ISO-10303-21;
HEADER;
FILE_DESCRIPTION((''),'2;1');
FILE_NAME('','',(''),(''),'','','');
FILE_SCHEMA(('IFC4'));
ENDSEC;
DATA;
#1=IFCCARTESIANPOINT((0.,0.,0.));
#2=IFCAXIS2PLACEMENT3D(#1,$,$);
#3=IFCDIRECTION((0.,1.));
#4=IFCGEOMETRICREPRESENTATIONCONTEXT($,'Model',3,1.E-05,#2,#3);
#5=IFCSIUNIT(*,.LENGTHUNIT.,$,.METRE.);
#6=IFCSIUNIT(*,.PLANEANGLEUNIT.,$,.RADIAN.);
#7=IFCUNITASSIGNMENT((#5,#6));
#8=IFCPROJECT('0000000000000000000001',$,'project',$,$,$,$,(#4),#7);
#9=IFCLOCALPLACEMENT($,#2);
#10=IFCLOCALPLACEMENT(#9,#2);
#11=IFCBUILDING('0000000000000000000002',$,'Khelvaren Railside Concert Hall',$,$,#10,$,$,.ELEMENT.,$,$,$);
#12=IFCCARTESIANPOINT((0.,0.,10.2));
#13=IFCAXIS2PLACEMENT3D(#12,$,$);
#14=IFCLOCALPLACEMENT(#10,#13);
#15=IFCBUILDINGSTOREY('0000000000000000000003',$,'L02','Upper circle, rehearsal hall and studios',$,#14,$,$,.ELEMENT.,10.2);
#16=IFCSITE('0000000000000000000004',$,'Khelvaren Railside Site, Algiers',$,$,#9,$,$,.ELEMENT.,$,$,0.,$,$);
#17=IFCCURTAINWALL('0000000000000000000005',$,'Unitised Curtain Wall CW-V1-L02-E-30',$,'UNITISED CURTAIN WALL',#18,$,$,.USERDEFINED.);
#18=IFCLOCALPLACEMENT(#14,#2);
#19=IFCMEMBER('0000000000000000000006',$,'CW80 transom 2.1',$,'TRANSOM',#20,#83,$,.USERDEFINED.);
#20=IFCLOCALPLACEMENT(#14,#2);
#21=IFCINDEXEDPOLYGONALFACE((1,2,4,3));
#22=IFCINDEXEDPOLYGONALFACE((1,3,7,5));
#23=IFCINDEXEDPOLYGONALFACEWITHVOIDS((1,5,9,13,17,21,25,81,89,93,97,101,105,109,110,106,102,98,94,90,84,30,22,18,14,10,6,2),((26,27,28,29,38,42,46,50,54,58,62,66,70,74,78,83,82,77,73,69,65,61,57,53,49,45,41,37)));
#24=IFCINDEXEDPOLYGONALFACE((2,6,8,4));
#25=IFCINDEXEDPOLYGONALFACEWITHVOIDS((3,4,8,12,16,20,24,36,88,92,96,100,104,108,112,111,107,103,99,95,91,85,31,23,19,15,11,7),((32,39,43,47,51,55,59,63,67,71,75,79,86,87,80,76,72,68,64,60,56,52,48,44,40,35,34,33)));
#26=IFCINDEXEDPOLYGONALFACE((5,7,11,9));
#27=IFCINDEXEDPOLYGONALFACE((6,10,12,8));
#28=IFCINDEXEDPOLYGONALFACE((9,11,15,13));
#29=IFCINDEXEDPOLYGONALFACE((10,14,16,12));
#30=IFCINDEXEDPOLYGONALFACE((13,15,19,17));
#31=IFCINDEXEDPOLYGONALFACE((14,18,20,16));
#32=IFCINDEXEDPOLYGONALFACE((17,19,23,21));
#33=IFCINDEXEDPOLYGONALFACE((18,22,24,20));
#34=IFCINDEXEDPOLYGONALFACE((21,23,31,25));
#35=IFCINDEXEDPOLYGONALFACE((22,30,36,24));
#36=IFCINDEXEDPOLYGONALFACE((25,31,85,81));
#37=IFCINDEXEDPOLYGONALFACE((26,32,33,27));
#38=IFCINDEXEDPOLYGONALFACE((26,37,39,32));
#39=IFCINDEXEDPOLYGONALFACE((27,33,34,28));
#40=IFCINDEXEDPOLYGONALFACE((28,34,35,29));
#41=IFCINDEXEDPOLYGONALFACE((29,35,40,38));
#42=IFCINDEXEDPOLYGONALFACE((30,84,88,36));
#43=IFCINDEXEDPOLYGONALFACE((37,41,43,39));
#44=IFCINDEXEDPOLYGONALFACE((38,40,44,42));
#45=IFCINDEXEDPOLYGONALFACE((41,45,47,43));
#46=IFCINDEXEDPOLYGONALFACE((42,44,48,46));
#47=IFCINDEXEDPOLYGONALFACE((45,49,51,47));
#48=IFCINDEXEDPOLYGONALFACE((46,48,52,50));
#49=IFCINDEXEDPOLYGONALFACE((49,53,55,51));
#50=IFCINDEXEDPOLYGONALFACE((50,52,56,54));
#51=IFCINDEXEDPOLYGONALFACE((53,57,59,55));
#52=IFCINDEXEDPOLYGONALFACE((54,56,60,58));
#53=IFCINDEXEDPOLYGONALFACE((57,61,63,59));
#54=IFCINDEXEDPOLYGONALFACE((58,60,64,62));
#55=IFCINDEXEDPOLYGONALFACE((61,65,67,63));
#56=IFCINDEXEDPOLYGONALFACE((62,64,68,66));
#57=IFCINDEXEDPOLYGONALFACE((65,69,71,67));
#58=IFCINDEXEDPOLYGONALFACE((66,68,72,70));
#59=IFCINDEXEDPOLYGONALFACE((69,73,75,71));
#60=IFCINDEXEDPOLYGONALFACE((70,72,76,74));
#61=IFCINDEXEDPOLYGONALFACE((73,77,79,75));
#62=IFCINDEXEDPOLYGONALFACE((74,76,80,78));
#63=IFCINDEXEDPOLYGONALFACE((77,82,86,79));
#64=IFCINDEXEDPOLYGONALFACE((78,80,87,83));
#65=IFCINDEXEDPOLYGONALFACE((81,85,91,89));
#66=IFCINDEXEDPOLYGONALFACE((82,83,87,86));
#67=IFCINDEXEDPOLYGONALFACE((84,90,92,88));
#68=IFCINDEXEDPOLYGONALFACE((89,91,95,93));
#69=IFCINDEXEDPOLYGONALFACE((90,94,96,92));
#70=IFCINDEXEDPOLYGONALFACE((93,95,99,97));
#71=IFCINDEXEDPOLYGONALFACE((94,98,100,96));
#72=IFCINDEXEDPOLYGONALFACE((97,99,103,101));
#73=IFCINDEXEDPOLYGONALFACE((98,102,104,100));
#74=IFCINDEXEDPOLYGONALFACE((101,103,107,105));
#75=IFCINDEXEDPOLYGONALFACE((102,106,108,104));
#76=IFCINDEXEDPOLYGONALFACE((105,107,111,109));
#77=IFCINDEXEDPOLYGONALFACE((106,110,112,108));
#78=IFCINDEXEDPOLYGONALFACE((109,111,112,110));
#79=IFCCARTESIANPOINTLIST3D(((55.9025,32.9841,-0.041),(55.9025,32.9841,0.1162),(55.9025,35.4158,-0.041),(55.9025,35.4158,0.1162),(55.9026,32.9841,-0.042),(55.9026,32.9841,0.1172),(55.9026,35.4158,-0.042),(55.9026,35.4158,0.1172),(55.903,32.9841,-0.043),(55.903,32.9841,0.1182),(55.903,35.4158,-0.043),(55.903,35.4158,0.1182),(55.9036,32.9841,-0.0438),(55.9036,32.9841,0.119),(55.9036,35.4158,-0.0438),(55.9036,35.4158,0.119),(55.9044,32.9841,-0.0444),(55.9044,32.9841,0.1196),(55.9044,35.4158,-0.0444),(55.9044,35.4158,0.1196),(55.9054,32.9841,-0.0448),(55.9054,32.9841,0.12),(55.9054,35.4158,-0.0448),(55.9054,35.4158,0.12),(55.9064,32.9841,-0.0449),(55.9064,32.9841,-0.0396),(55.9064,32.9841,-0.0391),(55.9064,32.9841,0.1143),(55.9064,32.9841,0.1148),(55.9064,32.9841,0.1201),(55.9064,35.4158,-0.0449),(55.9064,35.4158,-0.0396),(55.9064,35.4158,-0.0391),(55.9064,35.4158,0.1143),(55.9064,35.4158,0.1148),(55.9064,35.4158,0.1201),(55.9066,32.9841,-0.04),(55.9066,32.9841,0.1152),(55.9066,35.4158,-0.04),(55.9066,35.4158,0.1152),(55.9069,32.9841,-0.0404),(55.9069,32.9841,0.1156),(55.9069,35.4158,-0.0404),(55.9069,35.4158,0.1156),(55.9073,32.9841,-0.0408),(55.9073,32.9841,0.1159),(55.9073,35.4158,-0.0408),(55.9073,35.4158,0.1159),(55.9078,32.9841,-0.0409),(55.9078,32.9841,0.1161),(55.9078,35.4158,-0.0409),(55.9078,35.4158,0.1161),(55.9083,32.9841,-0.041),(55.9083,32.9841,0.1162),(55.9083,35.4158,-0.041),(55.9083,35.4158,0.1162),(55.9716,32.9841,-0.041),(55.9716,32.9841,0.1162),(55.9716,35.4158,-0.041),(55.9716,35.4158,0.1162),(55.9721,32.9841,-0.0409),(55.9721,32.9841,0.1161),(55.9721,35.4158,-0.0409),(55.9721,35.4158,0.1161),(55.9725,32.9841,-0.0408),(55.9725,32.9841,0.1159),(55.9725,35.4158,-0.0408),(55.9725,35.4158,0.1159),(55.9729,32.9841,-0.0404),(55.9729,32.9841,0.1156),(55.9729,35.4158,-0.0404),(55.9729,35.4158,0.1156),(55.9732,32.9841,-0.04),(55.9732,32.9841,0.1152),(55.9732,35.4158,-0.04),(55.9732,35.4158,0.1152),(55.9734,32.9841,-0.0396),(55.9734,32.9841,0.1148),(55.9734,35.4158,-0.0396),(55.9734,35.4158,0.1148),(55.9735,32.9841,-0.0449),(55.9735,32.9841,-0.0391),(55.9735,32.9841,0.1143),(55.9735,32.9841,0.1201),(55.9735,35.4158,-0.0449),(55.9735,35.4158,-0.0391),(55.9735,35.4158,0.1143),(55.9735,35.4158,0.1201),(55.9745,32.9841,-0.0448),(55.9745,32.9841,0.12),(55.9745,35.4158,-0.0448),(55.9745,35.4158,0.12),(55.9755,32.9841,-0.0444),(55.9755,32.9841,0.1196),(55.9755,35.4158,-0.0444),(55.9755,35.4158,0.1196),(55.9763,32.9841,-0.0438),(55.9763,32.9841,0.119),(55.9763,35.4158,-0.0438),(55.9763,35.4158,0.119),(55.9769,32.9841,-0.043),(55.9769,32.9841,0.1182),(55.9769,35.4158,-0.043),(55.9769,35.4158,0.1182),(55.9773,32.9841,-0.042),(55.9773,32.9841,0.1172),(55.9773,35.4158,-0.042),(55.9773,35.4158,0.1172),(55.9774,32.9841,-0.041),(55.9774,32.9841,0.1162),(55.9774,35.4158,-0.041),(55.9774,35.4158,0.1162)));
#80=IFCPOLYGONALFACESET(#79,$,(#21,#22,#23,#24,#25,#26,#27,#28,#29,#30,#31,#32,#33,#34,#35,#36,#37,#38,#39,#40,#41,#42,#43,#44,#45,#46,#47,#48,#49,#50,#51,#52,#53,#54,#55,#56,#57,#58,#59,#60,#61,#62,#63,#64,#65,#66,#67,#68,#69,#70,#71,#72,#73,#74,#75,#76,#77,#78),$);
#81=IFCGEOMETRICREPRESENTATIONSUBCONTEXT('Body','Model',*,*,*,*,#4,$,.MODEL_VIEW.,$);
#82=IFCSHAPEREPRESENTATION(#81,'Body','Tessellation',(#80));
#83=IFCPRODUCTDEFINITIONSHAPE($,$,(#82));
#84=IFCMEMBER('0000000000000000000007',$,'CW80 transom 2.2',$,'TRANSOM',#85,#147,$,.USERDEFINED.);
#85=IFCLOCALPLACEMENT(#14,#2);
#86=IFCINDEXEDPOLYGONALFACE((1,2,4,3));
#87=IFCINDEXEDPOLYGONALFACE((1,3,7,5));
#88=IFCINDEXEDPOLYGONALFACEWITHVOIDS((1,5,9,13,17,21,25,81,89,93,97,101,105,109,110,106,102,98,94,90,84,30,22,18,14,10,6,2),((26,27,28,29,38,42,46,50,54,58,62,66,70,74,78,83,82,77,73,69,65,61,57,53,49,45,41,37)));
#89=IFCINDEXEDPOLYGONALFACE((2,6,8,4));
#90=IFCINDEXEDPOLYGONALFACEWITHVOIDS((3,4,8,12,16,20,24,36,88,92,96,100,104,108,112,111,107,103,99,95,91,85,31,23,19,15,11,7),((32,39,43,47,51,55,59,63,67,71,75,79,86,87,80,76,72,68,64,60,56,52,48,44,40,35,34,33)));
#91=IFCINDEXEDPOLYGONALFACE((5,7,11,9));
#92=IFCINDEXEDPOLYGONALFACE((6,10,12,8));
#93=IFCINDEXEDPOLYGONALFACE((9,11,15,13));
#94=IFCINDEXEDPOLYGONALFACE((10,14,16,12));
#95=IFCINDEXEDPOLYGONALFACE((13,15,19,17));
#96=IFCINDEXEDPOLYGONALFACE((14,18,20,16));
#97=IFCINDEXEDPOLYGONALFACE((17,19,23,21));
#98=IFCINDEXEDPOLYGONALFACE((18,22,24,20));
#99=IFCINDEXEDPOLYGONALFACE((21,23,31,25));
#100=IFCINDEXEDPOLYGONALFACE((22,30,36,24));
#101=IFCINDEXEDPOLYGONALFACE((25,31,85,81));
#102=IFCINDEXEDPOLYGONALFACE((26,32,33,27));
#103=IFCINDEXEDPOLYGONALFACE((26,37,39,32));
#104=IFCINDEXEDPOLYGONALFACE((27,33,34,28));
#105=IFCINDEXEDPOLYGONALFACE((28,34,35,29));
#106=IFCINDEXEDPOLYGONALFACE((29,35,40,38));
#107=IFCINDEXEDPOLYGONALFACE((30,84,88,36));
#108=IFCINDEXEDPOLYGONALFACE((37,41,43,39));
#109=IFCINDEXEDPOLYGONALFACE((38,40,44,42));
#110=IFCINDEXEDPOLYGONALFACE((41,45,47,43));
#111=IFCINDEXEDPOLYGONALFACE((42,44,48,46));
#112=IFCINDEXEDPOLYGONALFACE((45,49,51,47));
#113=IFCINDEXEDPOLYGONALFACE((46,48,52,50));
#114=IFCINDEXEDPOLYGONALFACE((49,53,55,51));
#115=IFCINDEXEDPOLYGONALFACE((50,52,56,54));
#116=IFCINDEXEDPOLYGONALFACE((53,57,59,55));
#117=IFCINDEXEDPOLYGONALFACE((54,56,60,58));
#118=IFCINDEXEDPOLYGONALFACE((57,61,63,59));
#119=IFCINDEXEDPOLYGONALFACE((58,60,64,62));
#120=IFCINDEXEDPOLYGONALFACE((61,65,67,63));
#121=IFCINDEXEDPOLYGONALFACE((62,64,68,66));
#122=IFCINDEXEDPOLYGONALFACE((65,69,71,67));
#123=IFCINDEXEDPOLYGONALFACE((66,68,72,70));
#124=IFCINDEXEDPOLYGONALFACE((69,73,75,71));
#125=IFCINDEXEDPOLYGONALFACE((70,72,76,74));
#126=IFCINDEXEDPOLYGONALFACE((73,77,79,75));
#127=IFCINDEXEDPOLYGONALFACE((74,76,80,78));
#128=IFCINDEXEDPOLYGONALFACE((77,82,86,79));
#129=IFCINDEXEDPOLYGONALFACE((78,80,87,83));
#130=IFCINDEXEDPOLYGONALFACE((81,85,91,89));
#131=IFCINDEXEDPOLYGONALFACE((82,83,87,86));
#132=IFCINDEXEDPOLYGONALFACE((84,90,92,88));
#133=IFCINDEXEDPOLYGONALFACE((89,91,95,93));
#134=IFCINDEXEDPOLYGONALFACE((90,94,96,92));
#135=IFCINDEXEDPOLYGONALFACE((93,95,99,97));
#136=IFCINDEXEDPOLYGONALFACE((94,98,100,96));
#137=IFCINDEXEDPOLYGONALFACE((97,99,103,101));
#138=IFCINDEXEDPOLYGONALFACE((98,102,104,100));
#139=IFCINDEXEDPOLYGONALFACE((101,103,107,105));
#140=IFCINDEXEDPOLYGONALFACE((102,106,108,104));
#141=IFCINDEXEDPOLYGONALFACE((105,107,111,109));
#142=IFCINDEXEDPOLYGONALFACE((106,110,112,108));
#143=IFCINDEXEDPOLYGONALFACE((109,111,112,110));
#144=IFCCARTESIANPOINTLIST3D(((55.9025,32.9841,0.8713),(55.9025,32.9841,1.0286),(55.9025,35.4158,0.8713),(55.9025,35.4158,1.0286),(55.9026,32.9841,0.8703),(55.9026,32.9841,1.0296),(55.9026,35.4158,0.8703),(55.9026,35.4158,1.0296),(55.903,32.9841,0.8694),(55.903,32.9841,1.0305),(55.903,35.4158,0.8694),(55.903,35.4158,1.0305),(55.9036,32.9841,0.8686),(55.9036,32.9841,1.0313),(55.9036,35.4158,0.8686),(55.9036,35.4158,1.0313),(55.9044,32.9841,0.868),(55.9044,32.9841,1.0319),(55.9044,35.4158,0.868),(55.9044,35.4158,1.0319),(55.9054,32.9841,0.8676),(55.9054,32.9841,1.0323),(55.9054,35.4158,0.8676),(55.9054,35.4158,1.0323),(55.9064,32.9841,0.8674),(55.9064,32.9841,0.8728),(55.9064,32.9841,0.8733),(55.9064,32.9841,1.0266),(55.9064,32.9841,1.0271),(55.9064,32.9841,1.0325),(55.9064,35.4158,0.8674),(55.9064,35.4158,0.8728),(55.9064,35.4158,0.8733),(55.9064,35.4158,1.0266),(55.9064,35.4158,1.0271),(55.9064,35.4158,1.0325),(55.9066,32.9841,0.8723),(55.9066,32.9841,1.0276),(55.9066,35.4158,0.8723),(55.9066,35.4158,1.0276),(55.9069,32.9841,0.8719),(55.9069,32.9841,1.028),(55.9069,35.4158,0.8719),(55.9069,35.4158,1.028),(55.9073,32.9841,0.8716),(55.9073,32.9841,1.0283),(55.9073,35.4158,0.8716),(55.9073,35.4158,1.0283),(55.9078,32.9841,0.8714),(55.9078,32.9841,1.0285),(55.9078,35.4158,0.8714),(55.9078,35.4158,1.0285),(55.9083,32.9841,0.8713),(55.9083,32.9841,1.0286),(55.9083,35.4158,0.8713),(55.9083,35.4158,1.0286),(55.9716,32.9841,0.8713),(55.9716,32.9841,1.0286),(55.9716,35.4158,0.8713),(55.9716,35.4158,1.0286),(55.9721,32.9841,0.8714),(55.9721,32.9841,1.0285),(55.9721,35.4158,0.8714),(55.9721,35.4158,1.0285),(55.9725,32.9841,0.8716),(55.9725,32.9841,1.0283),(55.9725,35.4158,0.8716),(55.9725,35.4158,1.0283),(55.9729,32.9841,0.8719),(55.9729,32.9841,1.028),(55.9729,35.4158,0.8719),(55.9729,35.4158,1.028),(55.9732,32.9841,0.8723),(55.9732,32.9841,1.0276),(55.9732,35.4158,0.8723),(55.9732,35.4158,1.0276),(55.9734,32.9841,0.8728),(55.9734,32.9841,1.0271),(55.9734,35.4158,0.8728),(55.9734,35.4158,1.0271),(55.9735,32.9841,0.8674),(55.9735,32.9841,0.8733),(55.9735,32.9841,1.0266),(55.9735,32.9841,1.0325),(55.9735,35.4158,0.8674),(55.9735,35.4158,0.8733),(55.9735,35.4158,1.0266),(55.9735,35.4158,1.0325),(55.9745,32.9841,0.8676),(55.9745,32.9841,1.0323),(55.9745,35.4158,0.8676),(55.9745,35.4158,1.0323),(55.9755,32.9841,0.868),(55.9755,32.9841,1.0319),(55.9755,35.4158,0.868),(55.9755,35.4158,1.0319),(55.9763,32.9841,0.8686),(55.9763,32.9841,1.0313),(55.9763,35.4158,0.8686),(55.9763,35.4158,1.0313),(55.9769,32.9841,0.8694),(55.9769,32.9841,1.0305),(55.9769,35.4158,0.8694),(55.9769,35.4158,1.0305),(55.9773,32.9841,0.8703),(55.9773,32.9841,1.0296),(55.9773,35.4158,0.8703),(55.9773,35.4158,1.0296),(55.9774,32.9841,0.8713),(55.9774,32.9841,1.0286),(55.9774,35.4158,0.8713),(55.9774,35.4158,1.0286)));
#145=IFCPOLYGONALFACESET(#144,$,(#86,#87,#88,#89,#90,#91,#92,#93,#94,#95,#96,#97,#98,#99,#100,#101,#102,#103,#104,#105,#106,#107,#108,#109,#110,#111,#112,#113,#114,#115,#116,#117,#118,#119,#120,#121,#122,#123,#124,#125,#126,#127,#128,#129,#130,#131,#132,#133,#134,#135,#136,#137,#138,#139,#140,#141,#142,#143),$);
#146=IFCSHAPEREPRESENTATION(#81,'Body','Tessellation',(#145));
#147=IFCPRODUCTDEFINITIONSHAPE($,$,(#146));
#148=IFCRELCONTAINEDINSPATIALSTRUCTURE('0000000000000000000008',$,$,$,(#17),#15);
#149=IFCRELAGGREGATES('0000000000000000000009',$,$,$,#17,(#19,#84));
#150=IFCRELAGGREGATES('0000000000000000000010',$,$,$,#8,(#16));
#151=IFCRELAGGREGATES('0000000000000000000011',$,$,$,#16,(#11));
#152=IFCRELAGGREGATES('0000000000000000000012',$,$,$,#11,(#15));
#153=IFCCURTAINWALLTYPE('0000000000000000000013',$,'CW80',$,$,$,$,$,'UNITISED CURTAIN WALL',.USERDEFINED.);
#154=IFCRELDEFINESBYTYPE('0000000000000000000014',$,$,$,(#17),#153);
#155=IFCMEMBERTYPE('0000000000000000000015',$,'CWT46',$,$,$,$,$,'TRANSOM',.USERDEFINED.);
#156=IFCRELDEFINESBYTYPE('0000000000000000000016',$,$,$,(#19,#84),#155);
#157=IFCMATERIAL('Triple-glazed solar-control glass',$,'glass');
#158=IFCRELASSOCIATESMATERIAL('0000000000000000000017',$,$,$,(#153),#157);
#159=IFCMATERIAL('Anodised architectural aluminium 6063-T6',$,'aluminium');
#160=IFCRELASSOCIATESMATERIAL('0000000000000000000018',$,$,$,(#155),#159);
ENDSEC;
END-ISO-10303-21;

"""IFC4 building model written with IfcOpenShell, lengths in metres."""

from ifc_helpers import new_model, si_unit, direction, frame, origin, origin_2d, place, context, subcontext, project, spatial, hollow_rectangle, extrude, material, material_profile, profile_set, type_object, element, aggregate, save


model = new_model("IFC4")

# Units and contexts
model_context = context("Model", 3, precision=1e-05, world=origin(), true_north=direction((0.0, 1.0)))
body_context = subcontext(model_context, "Body", "Model", "MODEL_VIEW")
ifc_project = project(units=[si_unit("LENGTHUNIT", "METRE"), si_unit("PLANEANGLEUNIT", "RADIAN")], contexts=[model_context])

# Site, building, storey
site_placement = place(None, origin())
site = spatial("IfcSite", under=ifc_project, at=site_placement, Name="Khelvaren Railside Site, Algiers", CompositionType="ELEMENT", RefElevation=0.0)
building_placement = place(site_placement, origin())
building = spatial("IfcBuilding", under=site, at=building_placement, Name="Khelvaren Railside Concert Hall", CompositionType="ELEMENT")
storey_placement = place(building_placement, frame((0.0, 0.0, 10.2)))
storey = spatial("IfcBuildingStorey", under=building, at=storey_placement, Name="L02", Description="Upper circle, rehearsal hall and studios", CompositionType="ELEMENT", Elevation=10.2)

# Curtain wall, members
ifc_material_1 = material(Name="Triple-glazed solar-control glass", Category="glass")
curtain_wall_type = type_object("IfcCurtainWallType", Name="CW80", ElementType="UNITISED CURTAIN WALL", PredefinedType="USERDEFINED", material=ifc_material_1)
curtain_wall_placement = place(storey_placement, origin())
curtain_wall = element("IfcCurtainWall", 1, at=curtain_wall_placement, inside=storey, type_object=curtain_wall_type, Name="Unitised Curtain Wall CW-V1-L02-E-30", ObjectType="UNITISED CURTAIN WALL", PredefinedType="USERDEFINED")
ifc_material_2 = material(Name="Anodised architectural aluminium 6063-T6", Category="aluminium")
ifc_material_profile_1 = material_profile(ifc_material_2, hollow_rectangle(XDim=0.075, YDim=0.165, WallThickness=0.0039, InnerFilletRadius=0.002, OuterFilletRadius=0.0039, at=origin_2d()), Name="CWT 75x165x4")
ifc_profile_set_1 = profile_set([ifc_material_profile_1], Name="Anodised architectural aluminium 6063-T6")
member_type_1 = type_object("IfcMemberType", Name="CWT46", ElementType="TRANSOM", PredefinedType="USERDEFINED", material=ifc_profile_set_1)
member_1_placement = place(storey_placement, frame((55.9399, 35.4158, 0.0376), z_axis=(0.0, -1.0, 0.0), x_axis=(1.0, 0.0, 0.0)))
member_1 = element("IfcMember", 2, at=member_1_placement, type_object=member_type_1, Name="CW80 transom 2.1", ObjectType="TRANSOM", PredefinedType="USERDEFINED", context=body_context, shape_type="SweptSolid", body=[
    extrude(hollow_rectangle(XDim=0.075, YDim=0.165, WallThickness=0.0039, InnerFilletRadius=0.002, OuterFilletRadius=0.0039, at=origin_2d()), origin(), (0.0, 0.0, 1.0), 2.4316),
])
member_2_placement = place(storey_placement, frame((55.9399, 35.4158, 0.95), z_axis=(0.0, -1.0, 0.0), x_axis=(1.0, 0.0, 0.0)))
member_2 = element("IfcMember", 3, at=member_2_placement, type_object=member_type_1, Name="CW80 transom 2.2", ObjectType="TRANSOM", PredefinedType="USERDEFINED", context=body_context, shape_type="SweptSolid", body=[
    extrude(hollow_rectangle(XDim=0.075, YDim=0.165, WallThickness=0.0039, InnerFilletRadius=0.002, OuterFilletRadius=0.0039, at=origin_2d()), origin(), (0.0, 0.0, 1.0), 2.4316),
])

aggregate(curtain_wall, [member_1, member_2])

save(model, "model.ifc")
